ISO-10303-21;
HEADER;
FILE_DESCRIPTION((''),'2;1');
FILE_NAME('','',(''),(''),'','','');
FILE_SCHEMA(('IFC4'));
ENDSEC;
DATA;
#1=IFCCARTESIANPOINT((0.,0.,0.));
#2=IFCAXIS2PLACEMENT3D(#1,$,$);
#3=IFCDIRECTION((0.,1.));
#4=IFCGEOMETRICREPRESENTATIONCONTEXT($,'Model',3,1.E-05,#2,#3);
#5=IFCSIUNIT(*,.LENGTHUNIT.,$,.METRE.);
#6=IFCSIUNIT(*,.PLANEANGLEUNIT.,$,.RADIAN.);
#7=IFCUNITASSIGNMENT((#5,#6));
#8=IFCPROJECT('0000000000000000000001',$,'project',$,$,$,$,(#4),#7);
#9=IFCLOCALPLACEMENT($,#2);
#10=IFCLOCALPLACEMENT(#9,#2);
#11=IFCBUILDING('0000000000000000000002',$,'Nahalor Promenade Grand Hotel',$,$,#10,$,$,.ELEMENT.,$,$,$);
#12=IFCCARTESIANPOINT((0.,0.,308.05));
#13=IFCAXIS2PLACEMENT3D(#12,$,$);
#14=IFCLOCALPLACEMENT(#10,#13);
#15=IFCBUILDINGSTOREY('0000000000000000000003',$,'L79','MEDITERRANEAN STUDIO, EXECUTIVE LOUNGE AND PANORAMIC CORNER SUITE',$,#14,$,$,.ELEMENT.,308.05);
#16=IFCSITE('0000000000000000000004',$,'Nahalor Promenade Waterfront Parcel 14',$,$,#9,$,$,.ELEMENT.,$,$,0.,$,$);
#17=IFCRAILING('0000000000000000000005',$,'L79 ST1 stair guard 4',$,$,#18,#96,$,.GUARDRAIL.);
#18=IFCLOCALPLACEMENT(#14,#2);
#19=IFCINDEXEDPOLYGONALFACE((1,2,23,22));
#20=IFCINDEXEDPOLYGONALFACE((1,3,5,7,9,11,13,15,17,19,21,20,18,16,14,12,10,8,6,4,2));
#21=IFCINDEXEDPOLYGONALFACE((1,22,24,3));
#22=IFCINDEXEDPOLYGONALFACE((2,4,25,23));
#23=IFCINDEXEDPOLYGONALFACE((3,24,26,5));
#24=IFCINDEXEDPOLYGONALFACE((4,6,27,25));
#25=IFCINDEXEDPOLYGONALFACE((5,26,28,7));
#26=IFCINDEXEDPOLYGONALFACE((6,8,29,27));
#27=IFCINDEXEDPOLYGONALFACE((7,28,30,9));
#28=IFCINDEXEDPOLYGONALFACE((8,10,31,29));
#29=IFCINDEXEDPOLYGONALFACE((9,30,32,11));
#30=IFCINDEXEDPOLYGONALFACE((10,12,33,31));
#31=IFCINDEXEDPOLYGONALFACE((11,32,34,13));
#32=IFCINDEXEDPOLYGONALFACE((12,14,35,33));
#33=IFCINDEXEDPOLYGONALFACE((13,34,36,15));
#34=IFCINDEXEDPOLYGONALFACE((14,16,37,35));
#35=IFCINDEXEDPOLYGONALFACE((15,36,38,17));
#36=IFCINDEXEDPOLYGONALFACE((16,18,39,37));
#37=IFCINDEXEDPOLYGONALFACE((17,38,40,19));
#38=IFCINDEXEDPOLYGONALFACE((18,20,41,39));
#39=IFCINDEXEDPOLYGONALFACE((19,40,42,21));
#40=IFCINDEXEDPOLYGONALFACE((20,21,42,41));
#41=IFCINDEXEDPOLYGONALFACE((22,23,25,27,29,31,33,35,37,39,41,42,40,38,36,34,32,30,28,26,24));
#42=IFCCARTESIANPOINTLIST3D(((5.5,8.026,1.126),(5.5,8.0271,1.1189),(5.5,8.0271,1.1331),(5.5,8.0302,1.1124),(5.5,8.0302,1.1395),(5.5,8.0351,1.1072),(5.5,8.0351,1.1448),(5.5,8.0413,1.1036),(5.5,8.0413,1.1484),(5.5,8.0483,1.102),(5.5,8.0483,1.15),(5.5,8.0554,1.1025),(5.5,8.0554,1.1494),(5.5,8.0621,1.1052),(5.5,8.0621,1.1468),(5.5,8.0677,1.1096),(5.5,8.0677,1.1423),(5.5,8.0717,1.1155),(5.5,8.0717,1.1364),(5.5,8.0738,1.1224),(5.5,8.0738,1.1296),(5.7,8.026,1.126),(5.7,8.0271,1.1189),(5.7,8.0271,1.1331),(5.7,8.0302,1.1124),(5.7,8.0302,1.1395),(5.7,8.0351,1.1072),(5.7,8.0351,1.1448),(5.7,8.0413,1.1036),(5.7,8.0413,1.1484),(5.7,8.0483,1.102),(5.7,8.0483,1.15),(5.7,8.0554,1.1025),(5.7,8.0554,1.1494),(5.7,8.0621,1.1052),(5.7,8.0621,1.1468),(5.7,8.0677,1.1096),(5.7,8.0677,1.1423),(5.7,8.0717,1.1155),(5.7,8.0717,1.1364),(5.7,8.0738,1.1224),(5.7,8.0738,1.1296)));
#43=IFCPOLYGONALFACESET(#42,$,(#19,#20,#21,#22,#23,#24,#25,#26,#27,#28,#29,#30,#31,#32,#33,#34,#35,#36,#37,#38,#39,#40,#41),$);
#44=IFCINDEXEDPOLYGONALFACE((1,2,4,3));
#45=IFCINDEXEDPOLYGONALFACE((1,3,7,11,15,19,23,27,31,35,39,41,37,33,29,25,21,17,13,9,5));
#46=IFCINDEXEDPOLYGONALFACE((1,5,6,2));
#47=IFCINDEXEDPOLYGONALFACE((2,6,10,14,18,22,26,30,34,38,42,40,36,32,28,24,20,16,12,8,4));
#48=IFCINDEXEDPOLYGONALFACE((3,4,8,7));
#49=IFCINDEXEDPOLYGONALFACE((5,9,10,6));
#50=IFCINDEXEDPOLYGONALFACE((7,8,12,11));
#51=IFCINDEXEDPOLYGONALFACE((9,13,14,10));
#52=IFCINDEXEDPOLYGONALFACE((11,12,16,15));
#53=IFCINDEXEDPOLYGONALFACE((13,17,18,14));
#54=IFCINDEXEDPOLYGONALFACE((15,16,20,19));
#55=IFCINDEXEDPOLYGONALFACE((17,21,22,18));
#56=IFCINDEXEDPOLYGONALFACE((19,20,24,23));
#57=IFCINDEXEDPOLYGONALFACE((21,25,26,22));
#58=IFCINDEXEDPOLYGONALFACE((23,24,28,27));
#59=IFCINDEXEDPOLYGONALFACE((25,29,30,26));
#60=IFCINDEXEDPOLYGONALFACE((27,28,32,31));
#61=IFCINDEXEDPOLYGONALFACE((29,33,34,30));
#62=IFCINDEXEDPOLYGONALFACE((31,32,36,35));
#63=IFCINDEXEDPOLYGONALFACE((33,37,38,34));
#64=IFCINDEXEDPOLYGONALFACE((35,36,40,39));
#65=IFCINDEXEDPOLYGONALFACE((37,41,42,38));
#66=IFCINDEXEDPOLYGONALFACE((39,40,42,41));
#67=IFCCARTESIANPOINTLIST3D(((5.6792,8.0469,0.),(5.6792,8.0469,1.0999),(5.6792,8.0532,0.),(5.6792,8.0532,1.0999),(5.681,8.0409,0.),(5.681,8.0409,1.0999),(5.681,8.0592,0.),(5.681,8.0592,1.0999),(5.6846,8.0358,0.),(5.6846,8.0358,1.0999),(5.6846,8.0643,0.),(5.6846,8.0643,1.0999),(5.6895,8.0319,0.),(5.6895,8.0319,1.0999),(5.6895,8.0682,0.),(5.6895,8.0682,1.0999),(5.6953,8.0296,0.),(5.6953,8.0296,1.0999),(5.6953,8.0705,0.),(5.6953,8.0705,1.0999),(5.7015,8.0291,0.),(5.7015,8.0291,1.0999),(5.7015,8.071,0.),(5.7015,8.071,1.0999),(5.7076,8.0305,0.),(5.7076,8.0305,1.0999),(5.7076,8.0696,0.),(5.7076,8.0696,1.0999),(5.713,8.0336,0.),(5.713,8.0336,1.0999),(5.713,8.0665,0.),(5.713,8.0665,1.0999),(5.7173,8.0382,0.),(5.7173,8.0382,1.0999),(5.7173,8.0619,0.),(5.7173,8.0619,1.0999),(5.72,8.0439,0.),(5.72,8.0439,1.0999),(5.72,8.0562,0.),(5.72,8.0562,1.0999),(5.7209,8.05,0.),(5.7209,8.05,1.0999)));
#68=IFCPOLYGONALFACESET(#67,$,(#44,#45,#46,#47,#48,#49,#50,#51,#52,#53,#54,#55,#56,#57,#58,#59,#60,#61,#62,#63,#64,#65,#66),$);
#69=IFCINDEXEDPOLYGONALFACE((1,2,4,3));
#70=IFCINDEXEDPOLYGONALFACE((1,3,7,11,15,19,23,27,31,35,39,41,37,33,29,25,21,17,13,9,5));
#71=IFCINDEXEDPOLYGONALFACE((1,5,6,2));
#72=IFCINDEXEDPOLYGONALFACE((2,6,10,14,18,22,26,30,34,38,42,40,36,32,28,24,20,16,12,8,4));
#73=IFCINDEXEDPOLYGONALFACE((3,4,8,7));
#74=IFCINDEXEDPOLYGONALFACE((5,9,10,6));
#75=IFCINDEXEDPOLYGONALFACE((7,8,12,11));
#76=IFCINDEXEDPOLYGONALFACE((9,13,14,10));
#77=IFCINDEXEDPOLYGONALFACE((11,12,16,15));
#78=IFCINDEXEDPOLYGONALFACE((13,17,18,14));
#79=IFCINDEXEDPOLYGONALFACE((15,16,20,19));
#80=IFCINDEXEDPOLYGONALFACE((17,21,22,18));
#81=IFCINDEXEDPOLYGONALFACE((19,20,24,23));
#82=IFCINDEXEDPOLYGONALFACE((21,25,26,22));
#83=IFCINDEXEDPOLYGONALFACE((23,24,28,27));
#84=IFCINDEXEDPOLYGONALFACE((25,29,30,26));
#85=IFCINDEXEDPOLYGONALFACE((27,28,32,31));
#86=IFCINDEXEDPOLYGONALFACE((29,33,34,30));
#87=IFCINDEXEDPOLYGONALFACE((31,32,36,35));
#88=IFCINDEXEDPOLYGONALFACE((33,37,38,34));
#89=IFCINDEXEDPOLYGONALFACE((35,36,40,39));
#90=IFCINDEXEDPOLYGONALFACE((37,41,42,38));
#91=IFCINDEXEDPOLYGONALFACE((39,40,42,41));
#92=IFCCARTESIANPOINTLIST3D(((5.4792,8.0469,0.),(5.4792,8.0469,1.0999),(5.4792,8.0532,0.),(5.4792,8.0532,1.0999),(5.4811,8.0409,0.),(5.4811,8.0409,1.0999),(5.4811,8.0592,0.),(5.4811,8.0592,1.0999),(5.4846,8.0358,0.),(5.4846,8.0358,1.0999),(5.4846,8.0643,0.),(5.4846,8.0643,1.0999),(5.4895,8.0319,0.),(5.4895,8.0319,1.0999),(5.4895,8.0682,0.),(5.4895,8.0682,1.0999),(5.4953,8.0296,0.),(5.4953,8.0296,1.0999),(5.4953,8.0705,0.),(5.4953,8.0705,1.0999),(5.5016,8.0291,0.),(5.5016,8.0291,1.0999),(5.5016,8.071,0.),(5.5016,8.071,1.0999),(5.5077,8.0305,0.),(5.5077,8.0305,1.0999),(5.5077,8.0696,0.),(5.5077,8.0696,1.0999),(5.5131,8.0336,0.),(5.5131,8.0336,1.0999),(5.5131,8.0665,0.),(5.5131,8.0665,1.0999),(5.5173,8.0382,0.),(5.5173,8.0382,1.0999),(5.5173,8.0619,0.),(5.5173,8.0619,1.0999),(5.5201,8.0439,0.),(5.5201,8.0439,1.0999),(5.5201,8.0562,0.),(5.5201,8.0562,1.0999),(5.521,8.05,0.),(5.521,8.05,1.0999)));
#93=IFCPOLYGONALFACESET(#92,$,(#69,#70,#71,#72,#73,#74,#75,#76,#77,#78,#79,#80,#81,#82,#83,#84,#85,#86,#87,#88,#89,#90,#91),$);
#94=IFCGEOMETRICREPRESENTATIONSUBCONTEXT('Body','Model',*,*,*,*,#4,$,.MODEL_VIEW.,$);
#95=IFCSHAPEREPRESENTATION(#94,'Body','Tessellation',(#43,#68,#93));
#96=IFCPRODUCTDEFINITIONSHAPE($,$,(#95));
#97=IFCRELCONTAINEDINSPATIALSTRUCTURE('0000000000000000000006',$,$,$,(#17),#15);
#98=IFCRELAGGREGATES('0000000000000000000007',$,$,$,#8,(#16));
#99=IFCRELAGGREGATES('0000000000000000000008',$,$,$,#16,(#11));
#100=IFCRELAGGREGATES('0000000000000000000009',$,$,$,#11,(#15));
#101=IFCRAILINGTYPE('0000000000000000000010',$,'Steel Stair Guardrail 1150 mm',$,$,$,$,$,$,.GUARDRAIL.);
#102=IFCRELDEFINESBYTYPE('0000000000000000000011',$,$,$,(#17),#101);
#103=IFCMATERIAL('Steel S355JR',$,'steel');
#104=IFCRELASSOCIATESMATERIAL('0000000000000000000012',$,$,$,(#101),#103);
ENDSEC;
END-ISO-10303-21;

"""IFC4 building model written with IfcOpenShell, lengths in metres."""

from ifc_helpers import new_model, si_unit, direction, frame, origin, origin_2d, place, context, subcontext, project, spatial, circle, extrude, material, type_object, element, save


model = new_model("IFC4")

# Units and contexts
model_context = context("Model", 3, precision=1e-05, world=origin(), true_north=direction((0.0, 1.0)))
body_context = subcontext(model_context, "Body", "Model", "MODEL_VIEW")
ifc_project = project(units=[si_unit("LENGTHUNIT", "METRE"), si_unit("PLANEANGLEUNIT", "RADIAN")], contexts=[model_context])

# Site, building, storey
site_placement = place(None, origin())
site = spatial("IfcSite", under=ifc_project, at=site_placement, Name="Nahalor Promenade Waterfront Parcel 14", CompositionType="ELEMENT", RefElevation=0.0)
building_placement = place(site_placement, origin())
building = spatial("IfcBuilding", under=site, at=building_placement, Name="Nahalor Promenade Grand Hotel", CompositionType="ELEMENT")
storey_placement = place(building_placement, frame((0.0, 0.0, 308.05)))
storey = spatial("IfcBuildingStorey", under=building, at=storey_placement, Name="L79", Description="MEDITERRANEAN STUDIO, EXECUTIVE LOUNGE AND PANORAMIC CORNER SUITE", CompositionType="ELEMENT", Elevation=308.05)

# Shared definitions
ifc_material_1 = material(Name="Steel S355JR", Category="steel")

# Railing
railing_type_1 = type_object("IfcRailingType", Name="Steel Stair Guardrail 1150 mm", PredefinedType="GUARDRAIL", material=ifc_material_1)
railing_1_placement = place(storey_placement, frame((5.7, 8.05, 0.0)))
element("IfcRailing", 1, at=railing_1_placement, inside=storey, type_object=railing_type_1, Name="L79 ST1 stair guard 4", PredefinedType="GUARDRAIL", context=body_context, shape_type="SweptSolid", body=[
    extrude(circle(Radius=0.024, at=origin_2d()), frame((0.0, 0.0, 1.126), z_axis=(-1.0, 0.0, 0.0), x_axis=(0.0, -1.0, 0.0)), (0.0, 0.0, 1.0), 0.2),
    extrude(circle(Radius=0.021, at=origin_2d()), origin(), (0.0, 0.0, 1.0), 1.0999),
    extrude(circle(Radius=0.021, at=origin_2d()), frame((-0.2, 0.0, 0.0)), (0.0, 0.0, 1.0), 1.0999),
])

save(model, "model.ifc")
